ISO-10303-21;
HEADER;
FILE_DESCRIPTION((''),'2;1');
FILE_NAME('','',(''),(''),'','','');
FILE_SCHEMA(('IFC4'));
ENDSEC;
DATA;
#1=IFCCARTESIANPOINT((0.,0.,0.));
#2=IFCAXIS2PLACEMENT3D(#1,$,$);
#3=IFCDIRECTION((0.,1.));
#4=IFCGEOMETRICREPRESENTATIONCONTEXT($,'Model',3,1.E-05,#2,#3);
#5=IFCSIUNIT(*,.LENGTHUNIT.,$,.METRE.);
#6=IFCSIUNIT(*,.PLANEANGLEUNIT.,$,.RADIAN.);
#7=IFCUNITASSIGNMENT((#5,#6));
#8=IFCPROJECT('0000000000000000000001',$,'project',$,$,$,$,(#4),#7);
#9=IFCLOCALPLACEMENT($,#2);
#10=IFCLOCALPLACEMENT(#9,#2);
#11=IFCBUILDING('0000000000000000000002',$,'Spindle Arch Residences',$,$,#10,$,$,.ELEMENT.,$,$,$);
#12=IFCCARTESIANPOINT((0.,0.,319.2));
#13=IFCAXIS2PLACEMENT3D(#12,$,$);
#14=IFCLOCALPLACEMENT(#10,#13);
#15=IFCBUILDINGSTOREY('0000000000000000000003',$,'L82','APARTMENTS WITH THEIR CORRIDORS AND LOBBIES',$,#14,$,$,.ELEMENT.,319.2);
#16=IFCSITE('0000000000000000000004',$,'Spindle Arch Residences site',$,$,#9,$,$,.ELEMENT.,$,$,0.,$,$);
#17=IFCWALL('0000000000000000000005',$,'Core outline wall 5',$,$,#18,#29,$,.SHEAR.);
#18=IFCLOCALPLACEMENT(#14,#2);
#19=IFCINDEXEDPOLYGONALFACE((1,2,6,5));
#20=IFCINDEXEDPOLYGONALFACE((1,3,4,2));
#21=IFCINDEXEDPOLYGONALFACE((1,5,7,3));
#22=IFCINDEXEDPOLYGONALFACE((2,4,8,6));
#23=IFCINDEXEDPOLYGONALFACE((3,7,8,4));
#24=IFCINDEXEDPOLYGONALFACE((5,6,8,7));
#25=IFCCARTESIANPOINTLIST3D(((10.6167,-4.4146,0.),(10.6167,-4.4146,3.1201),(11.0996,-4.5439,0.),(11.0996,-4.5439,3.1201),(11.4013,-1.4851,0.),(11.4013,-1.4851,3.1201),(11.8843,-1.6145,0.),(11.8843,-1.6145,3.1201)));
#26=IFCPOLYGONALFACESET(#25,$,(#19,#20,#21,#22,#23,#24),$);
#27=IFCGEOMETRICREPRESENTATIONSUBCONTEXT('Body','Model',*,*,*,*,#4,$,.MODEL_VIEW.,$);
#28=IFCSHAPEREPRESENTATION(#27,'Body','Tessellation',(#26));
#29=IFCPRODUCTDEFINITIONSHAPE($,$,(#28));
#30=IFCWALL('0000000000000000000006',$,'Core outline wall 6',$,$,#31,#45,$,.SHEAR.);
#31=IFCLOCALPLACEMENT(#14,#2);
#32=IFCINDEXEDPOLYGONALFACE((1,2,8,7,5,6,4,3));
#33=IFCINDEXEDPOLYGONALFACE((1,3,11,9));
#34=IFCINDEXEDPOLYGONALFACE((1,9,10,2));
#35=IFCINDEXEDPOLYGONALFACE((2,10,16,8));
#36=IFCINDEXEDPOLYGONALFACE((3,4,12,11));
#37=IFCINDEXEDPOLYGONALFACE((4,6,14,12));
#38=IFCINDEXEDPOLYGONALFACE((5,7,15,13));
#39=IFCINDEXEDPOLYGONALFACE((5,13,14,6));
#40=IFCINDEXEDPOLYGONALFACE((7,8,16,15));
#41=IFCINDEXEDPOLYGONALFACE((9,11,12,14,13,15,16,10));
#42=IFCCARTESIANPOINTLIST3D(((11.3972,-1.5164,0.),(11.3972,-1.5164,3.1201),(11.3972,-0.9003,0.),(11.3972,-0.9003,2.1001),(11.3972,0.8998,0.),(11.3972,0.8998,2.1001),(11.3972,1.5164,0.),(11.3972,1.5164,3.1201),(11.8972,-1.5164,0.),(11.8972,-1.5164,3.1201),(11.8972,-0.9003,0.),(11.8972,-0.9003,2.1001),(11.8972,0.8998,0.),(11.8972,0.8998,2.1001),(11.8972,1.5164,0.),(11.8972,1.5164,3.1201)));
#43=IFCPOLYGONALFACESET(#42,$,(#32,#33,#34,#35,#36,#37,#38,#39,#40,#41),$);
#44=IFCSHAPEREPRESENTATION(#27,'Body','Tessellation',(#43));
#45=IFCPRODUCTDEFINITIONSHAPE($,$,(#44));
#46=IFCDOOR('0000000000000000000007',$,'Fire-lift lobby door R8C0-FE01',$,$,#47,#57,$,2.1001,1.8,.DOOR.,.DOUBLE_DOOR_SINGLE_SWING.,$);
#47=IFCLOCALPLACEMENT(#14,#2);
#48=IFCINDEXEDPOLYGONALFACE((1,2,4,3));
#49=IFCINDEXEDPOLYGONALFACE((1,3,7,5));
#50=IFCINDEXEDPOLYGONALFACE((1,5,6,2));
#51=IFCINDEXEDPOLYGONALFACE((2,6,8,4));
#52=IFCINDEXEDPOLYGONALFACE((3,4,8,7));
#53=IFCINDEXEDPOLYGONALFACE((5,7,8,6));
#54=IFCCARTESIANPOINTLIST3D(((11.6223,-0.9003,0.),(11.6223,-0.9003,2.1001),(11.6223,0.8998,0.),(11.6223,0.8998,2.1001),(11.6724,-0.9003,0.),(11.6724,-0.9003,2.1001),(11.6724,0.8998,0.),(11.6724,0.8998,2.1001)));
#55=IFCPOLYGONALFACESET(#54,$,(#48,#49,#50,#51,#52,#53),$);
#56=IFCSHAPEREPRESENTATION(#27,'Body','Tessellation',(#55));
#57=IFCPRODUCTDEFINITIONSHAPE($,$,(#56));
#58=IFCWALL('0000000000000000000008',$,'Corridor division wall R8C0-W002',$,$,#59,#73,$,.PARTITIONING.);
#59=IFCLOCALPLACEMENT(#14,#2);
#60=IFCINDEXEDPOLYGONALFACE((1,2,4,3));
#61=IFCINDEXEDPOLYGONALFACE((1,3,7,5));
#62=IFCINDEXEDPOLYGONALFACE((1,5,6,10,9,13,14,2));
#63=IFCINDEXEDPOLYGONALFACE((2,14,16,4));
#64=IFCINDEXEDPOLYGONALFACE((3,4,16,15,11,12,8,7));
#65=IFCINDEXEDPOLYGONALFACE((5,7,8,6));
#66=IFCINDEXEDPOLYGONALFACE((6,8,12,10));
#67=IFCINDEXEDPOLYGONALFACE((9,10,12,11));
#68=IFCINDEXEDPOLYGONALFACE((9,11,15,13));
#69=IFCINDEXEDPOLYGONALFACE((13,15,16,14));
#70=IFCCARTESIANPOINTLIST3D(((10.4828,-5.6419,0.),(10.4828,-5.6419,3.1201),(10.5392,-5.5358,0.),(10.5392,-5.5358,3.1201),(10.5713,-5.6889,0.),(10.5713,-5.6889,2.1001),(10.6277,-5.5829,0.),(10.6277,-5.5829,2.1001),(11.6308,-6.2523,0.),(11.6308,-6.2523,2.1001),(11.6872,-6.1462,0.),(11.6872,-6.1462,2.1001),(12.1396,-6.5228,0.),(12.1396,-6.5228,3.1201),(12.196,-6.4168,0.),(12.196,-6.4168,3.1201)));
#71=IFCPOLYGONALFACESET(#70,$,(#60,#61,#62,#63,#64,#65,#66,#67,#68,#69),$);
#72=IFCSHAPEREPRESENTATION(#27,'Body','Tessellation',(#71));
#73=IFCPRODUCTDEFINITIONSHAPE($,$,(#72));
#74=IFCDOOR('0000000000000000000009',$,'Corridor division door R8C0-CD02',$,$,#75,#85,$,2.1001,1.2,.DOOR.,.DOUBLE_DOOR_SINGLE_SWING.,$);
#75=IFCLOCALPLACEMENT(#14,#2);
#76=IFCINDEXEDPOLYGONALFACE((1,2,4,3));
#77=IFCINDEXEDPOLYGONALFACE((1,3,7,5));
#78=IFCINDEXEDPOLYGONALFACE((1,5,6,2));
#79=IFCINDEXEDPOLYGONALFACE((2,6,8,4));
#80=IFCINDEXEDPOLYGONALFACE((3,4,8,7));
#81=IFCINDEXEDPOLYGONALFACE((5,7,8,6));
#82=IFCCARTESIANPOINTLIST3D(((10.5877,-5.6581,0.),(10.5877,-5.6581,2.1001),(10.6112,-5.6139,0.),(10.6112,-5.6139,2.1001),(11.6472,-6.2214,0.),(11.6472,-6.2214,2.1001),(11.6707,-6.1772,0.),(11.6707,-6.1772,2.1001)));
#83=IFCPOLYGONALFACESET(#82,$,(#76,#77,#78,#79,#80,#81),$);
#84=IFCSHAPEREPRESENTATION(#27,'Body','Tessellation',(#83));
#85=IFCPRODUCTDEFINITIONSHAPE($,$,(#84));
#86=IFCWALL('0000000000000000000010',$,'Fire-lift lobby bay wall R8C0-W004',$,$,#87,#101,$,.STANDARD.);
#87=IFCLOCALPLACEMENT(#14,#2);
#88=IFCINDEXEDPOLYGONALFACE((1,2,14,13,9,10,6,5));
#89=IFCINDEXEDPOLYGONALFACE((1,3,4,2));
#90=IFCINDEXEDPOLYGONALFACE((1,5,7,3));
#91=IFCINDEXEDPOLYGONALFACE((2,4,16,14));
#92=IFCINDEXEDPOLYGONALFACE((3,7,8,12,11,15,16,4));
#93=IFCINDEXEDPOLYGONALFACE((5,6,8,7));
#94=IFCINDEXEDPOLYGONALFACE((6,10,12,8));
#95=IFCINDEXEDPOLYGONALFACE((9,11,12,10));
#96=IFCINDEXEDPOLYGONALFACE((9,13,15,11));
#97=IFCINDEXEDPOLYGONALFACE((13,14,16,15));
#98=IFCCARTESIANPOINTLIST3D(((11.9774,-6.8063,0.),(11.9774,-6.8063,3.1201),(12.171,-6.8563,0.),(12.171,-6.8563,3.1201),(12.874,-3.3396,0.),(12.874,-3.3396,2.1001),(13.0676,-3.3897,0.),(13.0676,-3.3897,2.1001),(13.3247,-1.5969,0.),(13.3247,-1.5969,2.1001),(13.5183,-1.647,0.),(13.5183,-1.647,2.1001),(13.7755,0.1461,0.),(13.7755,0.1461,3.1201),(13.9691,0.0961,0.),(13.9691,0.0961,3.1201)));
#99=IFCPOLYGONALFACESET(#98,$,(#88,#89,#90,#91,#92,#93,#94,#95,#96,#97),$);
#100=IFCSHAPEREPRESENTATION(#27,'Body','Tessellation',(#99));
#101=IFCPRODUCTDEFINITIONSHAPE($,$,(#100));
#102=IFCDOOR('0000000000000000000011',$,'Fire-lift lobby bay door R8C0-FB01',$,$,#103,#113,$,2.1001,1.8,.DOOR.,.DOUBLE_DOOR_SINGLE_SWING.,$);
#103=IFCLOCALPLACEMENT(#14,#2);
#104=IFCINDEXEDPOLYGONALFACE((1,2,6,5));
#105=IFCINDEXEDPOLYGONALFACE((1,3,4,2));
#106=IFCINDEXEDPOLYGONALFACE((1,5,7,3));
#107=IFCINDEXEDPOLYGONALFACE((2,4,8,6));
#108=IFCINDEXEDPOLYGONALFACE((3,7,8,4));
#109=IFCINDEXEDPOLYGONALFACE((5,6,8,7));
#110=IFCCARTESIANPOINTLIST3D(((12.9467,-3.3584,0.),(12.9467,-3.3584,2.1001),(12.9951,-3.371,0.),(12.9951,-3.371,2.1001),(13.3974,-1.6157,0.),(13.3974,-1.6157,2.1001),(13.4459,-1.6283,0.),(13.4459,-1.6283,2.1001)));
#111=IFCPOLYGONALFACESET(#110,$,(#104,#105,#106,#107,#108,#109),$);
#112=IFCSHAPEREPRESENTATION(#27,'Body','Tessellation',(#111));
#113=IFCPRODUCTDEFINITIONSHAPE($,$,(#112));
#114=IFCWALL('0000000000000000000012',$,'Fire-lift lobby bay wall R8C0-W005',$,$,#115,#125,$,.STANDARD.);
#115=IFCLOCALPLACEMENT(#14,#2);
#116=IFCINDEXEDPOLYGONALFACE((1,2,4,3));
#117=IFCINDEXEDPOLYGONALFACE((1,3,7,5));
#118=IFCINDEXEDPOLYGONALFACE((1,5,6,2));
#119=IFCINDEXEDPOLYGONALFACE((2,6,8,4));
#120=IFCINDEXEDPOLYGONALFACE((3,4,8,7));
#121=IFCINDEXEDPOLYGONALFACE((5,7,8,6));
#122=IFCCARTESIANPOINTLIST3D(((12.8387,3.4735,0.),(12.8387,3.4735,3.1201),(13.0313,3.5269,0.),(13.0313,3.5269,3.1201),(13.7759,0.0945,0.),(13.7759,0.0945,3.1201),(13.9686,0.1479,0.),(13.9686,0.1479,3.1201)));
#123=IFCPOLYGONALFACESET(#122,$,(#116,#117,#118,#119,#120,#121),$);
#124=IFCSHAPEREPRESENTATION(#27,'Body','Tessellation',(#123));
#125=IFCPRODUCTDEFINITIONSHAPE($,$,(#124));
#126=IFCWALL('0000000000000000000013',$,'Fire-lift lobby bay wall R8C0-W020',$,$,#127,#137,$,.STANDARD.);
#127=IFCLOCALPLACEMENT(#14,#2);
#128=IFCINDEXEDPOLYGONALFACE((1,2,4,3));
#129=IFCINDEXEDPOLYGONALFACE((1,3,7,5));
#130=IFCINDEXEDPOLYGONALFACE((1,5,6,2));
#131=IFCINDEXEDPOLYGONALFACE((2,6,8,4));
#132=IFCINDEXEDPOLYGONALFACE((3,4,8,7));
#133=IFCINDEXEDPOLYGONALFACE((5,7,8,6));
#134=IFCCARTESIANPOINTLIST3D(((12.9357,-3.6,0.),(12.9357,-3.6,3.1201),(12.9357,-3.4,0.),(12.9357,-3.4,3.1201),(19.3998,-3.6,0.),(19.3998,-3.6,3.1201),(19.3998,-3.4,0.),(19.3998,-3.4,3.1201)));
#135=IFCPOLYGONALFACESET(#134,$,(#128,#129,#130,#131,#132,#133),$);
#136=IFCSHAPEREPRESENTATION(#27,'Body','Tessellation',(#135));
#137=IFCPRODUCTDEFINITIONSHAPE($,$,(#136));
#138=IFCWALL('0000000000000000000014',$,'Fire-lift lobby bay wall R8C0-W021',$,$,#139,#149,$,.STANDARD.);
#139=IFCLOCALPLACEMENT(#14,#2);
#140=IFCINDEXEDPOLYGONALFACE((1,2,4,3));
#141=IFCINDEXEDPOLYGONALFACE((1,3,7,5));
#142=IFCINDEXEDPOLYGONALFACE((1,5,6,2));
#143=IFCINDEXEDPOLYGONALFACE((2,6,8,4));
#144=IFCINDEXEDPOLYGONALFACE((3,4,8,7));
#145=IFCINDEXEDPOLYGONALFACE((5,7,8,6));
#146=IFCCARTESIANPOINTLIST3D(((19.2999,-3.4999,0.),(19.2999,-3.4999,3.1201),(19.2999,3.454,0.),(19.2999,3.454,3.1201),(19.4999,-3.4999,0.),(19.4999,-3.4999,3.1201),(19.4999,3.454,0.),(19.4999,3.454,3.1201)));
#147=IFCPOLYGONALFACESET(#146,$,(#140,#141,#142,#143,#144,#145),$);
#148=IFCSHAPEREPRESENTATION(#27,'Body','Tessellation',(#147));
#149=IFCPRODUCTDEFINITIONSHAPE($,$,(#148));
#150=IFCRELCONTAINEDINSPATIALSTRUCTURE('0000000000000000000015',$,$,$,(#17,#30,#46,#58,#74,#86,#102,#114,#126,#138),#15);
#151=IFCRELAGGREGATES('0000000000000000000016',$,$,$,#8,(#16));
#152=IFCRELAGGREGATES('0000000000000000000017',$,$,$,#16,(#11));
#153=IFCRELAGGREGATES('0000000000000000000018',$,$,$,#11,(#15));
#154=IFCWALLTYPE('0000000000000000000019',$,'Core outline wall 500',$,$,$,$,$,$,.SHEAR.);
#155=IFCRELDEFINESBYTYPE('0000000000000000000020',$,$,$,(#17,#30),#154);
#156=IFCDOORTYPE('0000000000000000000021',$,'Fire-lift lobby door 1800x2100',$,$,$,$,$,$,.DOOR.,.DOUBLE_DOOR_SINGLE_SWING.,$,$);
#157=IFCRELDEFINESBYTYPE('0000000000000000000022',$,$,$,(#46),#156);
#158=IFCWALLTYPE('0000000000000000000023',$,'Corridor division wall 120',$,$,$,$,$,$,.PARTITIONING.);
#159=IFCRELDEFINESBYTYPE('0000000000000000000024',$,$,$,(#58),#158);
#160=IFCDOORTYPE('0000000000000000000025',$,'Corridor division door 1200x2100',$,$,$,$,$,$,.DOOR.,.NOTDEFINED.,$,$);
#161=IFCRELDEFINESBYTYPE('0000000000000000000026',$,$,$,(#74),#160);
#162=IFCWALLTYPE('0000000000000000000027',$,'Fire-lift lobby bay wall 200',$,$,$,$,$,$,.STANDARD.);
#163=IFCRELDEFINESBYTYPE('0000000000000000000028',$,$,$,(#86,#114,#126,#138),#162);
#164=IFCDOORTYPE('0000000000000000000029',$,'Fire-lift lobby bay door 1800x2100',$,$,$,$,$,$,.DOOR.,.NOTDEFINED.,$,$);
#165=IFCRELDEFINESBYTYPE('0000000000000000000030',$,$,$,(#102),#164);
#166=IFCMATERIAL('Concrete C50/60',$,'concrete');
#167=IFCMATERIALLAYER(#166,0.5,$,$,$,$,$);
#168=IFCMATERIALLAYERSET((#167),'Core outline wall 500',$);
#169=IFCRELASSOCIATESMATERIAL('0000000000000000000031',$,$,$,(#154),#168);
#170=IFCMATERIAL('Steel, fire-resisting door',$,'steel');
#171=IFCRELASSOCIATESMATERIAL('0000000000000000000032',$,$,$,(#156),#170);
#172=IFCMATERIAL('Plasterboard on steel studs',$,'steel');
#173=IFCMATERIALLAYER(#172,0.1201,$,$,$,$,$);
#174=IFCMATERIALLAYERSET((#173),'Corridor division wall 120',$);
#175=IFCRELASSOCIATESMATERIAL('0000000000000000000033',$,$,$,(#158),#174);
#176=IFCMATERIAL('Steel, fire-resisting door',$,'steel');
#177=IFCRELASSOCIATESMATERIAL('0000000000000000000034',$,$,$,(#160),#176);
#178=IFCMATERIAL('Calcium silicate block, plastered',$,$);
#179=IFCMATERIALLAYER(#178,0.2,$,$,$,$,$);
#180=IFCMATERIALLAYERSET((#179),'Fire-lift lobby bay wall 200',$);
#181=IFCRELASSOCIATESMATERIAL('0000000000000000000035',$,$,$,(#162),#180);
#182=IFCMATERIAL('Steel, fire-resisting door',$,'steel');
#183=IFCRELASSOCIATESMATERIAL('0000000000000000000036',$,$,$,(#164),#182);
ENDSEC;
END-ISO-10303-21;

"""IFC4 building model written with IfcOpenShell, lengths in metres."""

from ifc_helpers import new_model, si_unit, direction, frame, frame_2d, origin, place, context, subcontext, project, spatial, rectangle, extrude, material, layer, layer_set, type_object, element, fill, save


model = new_model("IFC4")

# Units and contexts
model_context = context("Model", 3, precision=1e-05, world=origin(), true_north=direction((0.0, 1.0)))
body_context = subcontext(model_context, "Body", "Model", "MODEL_VIEW")
ifc_project = project(units=[si_unit("LENGTHUNIT", "METRE"), si_unit("PLANEANGLEUNIT", "RADIAN")], contexts=[model_context])

# Site, building, storey
site_placement = place(None, origin())
site = spatial("IfcSite", under=ifc_project, at=site_placement, Name="Spindle Arch Residences site", CompositionType="ELEMENT", RefElevation=0.0)
building_placement = place(site_placement, origin())
building = spatial("IfcBuilding", under=site, at=building_placement, Name="Spindle Arch Residences", CompositionType="ELEMENT")
storey_placement = place(building_placement, frame((0.0, 0.0, 319.2)))
storey = spatial("IfcBuildingStorey", under=building, at=storey_placement, Name="L82", Description="APARTMENTS WITH THEIR CORRIDORS AND LOBBIES", CompositionType="ELEMENT", Elevation=319.2)

# Wall
ifc_material_1 = material(Name="Concrete C50/60", Category="concrete")
ifc_layer_1 = layer(ifc_material_1, 0.5)
ifc_layer_set_1 = layer_set([ifc_layer_1], Name="Core outline wall 500")
wall_type_1 = type_object("IfcWallType", Name="Core outline wall 500", PredefinedType="SHEAR", material=ifc_layer_set_1)
wall_1_placement = place(storey_placement, frame((10.8582, -4.4792, 0.0), z_axis=(0.0, 0.0, 1.0), x_axis=(0.258735, 0.965948, 0.0)))
element("IfcWall", 1, at=wall_1_placement, inside=storey, type_object=wall_type_1, Name="Core outline wall 5", PredefinedType="SHEAR", context=body_context, shape_type="SweptSolid", body=[
    extrude(rectangle(XDim=3.0327, YDim=0.5, at=frame_2d((1.5164, 0.0))), origin(), (0.0, 0.0, 1.0), 3.1201),
])

# Walls, openings, doors
wall_2_placement = place(storey_placement, frame((11.6472, -1.5164, 0.0), z_axis=(0.0, 0.0, 1.0), x_axis=(0.0, 1.0, 0.0)))
wall_2 = element("IfcWall", 2, at=wall_2_placement, inside=storey, type_object=wall_type_1, Name="Core outline wall 6", PredefinedType="SHEAR", context=body_context, shape_type="SweptSolid", body=[
    extrude(rectangle(XDim=3.0327, YDim=0.5, at=frame_2d((1.5164, 0.0))), origin(), (0.0, 0.0, 1.0), 3.1201),
])
opening_1_placement = place(wall_2_placement, frame((0.6162, 0.0, 0.0)))
opening_1 = element("IfcOpeningElement", 3, at=opening_1_placement, cuts=wall_2, PredefinedType="OPENING", context=body_context, shape_type="SweptSolid", body=[
    extrude(rectangle(XDim=1.8, YDim=2.1001, at=frame_2d((0.8999, 1.05))), frame((0.0, 0.26, 0.0), z_axis=(0.0, -1.0, 0.0), x_axis=(1.0, 0.0, 0.0)), (0.0, 0.0, 1.0), 0.52),
])
ifc_material_2 = material(Name="Steel, fire-resisting door", Category="steel")
door_type_1 = type_object("IfcDoorType", Name="Fire-lift lobby door 1800x2100", OperationType="DOUBLE_DOOR_SINGLE_SWING", PredefinedType="DOOR", material=ifc_material_2)
door_1_placement = place(opening_1_placement, origin())
door_1 = element("IfcDoor", 4, at=door_1_placement, inside=storey, type_object=door_type_1, Name="Fire-lift lobby door R8C0-FE01", OperationType="DOUBLE_DOOR_SINGLE_SWING", OverallHeight=2.1001, OverallWidth=1.8, PredefinedType="DOOR", context=body_context, shape_type="SweptSolid", body=[
    extrude(rectangle(XDim=1.8, YDim=2.1001, at=frame_2d((0.8999, 1.05))), frame((0.0, 0.0249, 0.0), z_axis=(0.0, -1.0, 0.0), x_axis=(1.0, 0.0, 0.0)), (0.0, 0.0, 1.0), 0.05),
])
fill(opening_1, door_1)
ifc_material_3 = material(Name="Plasterboard on steel studs", Category="steel")
ifc_layer_2 = layer(ifc_material_3, 0.1201)
ifc_layer_set_2 = layer_set([ifc_layer_2], Name="Corridor division wall 120")
wall_type_2 = type_object("IfcWallType", Name="Corridor division wall 120", PredefinedType="PARTITIONING", material=ifc_layer_set_2)
wall_3_placement = place(storey_placement, frame((10.511, -5.5889, 0.0), z_axis=(0.0, 0.0, 1.0), x_axis=(0.882957, -0.469453, 0.0)))
wall_3 = element("IfcWall", 5, at=wall_3_placement, inside=storey, type_object=wall_type_2, Name="Corridor division wall R8C0-W002", PredefinedType="PARTITIONING", context=body_context, shape_type="SweptSolid", body=[
    extrude(rectangle(XDim=1.8765, YDim=0.1201, at=frame_2d((0.9382, 0.0))), origin(), (0.0, 0.0, 1.0), 3.1201),
])
opening_2_placement = place(wall_3_placement, frame((0.1001, 0.0, 0.0)))
opening_2 = element("IfcOpeningElement", 6, at=opening_2_placement, cuts=wall_3, PredefinedType="OPENING", context=body_context, shape_type="SweptSolid", body=[
    extrude(rectangle(XDim=1.2, YDim=2.1001, at=frame_2d((0.6001, 1.05))), frame((0.0, 0.0701, 0.0), z_axis=(0.0, -1.0, 0.0), x_axis=(1.0, 0.0, 0.0)), (0.0, 0.0, 1.0), 0.1401),
])
ifc_material_4 = material(Name="Steel, fire-resisting door", Category="steel")
door_type_2 = type_object("IfcDoorType", Name="Corridor division door 1200x2100", OperationType="NOTDEFINED", PredefinedType="DOOR", material=ifc_material_4)
door_2_placement = place(opening_2_placement, origin())
door_2 = element("IfcDoor", 7, at=door_2_placement, inside=storey, type_object=door_type_2, Name="Corridor division door R8C0-CD02", OperationType="DOUBLE_DOOR_SINGLE_SWING", OverallHeight=2.1001, OverallWidth=1.2, PredefinedType="DOOR", context=body_context, shape_type="SweptSolid", body=[
    extrude(rectangle(XDim=1.2, YDim=2.1001, at=frame_2d((0.6001, 1.05))), frame((0.0, 0.0249, 0.0), z_axis=(0.0, -1.0, 0.0), x_axis=(1.0, 0.0, 0.0)), (0.0, 0.0, 1.0), 0.05),
])
fill(opening_2, door_2)
ifc_material_5 = material(Name="Calcium silicate block, plastered")
ifc_layer_3 = layer(ifc_material_5, 0.2)
ifc_layer_set_3 = layer_set([ifc_layer_3], Name="Fire-lift lobby bay wall 200")
wall_type_3 = type_object("IfcWallType", Name="Fire-lift lobby bay wall 200", PredefinedType="STANDARD", material=ifc_layer_set_3)
wall_4_placement = place(storey_placement, frame((12.0742, -6.8313, 0.0), z_axis=(0.0, 0.0, 1.0), x_axis=(0.250391, 0.968145, 0.0)))
wall_4 = element("IfcWall", 8, at=wall_4_placement, inside=storey, type_object=wall_type_3, Name="Fire-lift lobby bay wall R8C0-W004", PredefinedType="STANDARD", context=body_context, shape_type="SweptSolid", body=[
    extrude(rectangle(XDim=7.1812, YDim=0.2, at=frame_2d((3.5906, 0.0))), origin(), (0.0, 0.0, 1.0), 3.1201),
])
opening_3_placement = place(wall_4_placement, frame((3.5808, 0.0, 0.0)))
opening_3 = element("IfcOpeningElement", 9, at=opening_3_placement, cuts=wall_4, PredefinedType="OPENING", context=body_context, shape_type="SweptSolid", body=[
    extrude(rectangle(XDim=1.8, YDim=2.1001, at=frame_2d((0.8999, 1.05))), frame((0.0, 0.1099, 0.0), z_axis=(0.0, -1.0, 0.0), x_axis=(1.0, 0.0, 0.0)), (0.0, 0.0, 1.0), 0.22),
])
ifc_material_6 = material(Name="Steel, fire-resisting door", Category="steel")
door_type_3 = type_object("IfcDoorType", Name="Fire-lift lobby bay door 1800x2100", OperationType="NOTDEFINED", PredefinedType="DOOR", material=ifc_material_6)
door_3_placement = place(opening_3_placement, origin())
door_3 = element("IfcDoor", 10, at=door_3_placement, inside=storey, type_object=door_type_3, Name="Fire-lift lobby bay door R8C0-FB01", OperationType="DOUBLE_DOOR_SINGLE_SWING", OverallHeight=2.1001, OverallWidth=1.8, PredefinedType="DOOR", context=body_context, shape_type="SweptSolid", body=[
    extrude(rectangle(XDim=1.8, YDim=2.1001, at=frame_2d((0.8999, 1.05))), frame((0.0, 0.0249, 0.0), z_axis=(0.0, -1.0, 0.0), x_axis=(1.0, 0.0, 0.0)), (0.0, 0.0, 1.0), 0.05),
])
fill(opening_3, door_3)

# Walls
wall_5_placement = place(storey_placement, frame((13.8723, 0.1211, 0.0), z_axis=(0.0, 0.0, 1.0), x_axis=(-0.267292, 0.963616, 0.0)))
element("IfcWall", 11, at=wall_5_placement, inside=storey, type_object=wall_type_3, Name="Fire-lift lobby bay wall R8C0-W005", PredefinedType="STANDARD", context=body_context, shape_type="SweptSolid", body=[
    extrude(rectangle(XDim=3.5066, YDim=0.2, at=frame_2d((1.7534, 0.0))), origin(), (0.0, 0.0, 1.0), 3.1201),
])
wall_6_placement = place(storey_placement, frame((12.9358, -3.5, 0.0), z_axis=(0.0, 0.0, 1.0), x_axis=(1.0, 0.0, 0.0)))
element("IfcWall", 12, at=wall_6_placement, inside=storey, type_object=wall_type_3, Name="Fire-lift lobby bay wall R8C0-W020", PredefinedType="STANDARD", context=body_context, shape_type="SweptSolid", body=[
    extrude(rectangle(XDim=6.4641, YDim=0.2, at=frame_2d((3.2319, 0.0))), origin(), (0.0, 0.0, 1.0), 3.1201),
])
wall_7_placement = place(storey_placement, frame((19.3999, -3.5, 0.0), z_axis=(0.0, 0.0, 1.0), x_axis=(0.0, 1.0, 0.0)))
element("IfcWall", 13, at=wall_7_placement, inside=storey, type_object=wall_type_3, Name="Fire-lift lobby bay wall R8C0-W021", PredefinedType="STANDARD", context=body_context, shape_type="SweptSolid", body=[
    extrude(rectangle(XDim=6.9539, YDim=0.2, at=frame_2d((3.4771, 0.0))), origin(), (0.0, 0.0, 1.0), 3.1201),
])

save(model, "model.ifc")
